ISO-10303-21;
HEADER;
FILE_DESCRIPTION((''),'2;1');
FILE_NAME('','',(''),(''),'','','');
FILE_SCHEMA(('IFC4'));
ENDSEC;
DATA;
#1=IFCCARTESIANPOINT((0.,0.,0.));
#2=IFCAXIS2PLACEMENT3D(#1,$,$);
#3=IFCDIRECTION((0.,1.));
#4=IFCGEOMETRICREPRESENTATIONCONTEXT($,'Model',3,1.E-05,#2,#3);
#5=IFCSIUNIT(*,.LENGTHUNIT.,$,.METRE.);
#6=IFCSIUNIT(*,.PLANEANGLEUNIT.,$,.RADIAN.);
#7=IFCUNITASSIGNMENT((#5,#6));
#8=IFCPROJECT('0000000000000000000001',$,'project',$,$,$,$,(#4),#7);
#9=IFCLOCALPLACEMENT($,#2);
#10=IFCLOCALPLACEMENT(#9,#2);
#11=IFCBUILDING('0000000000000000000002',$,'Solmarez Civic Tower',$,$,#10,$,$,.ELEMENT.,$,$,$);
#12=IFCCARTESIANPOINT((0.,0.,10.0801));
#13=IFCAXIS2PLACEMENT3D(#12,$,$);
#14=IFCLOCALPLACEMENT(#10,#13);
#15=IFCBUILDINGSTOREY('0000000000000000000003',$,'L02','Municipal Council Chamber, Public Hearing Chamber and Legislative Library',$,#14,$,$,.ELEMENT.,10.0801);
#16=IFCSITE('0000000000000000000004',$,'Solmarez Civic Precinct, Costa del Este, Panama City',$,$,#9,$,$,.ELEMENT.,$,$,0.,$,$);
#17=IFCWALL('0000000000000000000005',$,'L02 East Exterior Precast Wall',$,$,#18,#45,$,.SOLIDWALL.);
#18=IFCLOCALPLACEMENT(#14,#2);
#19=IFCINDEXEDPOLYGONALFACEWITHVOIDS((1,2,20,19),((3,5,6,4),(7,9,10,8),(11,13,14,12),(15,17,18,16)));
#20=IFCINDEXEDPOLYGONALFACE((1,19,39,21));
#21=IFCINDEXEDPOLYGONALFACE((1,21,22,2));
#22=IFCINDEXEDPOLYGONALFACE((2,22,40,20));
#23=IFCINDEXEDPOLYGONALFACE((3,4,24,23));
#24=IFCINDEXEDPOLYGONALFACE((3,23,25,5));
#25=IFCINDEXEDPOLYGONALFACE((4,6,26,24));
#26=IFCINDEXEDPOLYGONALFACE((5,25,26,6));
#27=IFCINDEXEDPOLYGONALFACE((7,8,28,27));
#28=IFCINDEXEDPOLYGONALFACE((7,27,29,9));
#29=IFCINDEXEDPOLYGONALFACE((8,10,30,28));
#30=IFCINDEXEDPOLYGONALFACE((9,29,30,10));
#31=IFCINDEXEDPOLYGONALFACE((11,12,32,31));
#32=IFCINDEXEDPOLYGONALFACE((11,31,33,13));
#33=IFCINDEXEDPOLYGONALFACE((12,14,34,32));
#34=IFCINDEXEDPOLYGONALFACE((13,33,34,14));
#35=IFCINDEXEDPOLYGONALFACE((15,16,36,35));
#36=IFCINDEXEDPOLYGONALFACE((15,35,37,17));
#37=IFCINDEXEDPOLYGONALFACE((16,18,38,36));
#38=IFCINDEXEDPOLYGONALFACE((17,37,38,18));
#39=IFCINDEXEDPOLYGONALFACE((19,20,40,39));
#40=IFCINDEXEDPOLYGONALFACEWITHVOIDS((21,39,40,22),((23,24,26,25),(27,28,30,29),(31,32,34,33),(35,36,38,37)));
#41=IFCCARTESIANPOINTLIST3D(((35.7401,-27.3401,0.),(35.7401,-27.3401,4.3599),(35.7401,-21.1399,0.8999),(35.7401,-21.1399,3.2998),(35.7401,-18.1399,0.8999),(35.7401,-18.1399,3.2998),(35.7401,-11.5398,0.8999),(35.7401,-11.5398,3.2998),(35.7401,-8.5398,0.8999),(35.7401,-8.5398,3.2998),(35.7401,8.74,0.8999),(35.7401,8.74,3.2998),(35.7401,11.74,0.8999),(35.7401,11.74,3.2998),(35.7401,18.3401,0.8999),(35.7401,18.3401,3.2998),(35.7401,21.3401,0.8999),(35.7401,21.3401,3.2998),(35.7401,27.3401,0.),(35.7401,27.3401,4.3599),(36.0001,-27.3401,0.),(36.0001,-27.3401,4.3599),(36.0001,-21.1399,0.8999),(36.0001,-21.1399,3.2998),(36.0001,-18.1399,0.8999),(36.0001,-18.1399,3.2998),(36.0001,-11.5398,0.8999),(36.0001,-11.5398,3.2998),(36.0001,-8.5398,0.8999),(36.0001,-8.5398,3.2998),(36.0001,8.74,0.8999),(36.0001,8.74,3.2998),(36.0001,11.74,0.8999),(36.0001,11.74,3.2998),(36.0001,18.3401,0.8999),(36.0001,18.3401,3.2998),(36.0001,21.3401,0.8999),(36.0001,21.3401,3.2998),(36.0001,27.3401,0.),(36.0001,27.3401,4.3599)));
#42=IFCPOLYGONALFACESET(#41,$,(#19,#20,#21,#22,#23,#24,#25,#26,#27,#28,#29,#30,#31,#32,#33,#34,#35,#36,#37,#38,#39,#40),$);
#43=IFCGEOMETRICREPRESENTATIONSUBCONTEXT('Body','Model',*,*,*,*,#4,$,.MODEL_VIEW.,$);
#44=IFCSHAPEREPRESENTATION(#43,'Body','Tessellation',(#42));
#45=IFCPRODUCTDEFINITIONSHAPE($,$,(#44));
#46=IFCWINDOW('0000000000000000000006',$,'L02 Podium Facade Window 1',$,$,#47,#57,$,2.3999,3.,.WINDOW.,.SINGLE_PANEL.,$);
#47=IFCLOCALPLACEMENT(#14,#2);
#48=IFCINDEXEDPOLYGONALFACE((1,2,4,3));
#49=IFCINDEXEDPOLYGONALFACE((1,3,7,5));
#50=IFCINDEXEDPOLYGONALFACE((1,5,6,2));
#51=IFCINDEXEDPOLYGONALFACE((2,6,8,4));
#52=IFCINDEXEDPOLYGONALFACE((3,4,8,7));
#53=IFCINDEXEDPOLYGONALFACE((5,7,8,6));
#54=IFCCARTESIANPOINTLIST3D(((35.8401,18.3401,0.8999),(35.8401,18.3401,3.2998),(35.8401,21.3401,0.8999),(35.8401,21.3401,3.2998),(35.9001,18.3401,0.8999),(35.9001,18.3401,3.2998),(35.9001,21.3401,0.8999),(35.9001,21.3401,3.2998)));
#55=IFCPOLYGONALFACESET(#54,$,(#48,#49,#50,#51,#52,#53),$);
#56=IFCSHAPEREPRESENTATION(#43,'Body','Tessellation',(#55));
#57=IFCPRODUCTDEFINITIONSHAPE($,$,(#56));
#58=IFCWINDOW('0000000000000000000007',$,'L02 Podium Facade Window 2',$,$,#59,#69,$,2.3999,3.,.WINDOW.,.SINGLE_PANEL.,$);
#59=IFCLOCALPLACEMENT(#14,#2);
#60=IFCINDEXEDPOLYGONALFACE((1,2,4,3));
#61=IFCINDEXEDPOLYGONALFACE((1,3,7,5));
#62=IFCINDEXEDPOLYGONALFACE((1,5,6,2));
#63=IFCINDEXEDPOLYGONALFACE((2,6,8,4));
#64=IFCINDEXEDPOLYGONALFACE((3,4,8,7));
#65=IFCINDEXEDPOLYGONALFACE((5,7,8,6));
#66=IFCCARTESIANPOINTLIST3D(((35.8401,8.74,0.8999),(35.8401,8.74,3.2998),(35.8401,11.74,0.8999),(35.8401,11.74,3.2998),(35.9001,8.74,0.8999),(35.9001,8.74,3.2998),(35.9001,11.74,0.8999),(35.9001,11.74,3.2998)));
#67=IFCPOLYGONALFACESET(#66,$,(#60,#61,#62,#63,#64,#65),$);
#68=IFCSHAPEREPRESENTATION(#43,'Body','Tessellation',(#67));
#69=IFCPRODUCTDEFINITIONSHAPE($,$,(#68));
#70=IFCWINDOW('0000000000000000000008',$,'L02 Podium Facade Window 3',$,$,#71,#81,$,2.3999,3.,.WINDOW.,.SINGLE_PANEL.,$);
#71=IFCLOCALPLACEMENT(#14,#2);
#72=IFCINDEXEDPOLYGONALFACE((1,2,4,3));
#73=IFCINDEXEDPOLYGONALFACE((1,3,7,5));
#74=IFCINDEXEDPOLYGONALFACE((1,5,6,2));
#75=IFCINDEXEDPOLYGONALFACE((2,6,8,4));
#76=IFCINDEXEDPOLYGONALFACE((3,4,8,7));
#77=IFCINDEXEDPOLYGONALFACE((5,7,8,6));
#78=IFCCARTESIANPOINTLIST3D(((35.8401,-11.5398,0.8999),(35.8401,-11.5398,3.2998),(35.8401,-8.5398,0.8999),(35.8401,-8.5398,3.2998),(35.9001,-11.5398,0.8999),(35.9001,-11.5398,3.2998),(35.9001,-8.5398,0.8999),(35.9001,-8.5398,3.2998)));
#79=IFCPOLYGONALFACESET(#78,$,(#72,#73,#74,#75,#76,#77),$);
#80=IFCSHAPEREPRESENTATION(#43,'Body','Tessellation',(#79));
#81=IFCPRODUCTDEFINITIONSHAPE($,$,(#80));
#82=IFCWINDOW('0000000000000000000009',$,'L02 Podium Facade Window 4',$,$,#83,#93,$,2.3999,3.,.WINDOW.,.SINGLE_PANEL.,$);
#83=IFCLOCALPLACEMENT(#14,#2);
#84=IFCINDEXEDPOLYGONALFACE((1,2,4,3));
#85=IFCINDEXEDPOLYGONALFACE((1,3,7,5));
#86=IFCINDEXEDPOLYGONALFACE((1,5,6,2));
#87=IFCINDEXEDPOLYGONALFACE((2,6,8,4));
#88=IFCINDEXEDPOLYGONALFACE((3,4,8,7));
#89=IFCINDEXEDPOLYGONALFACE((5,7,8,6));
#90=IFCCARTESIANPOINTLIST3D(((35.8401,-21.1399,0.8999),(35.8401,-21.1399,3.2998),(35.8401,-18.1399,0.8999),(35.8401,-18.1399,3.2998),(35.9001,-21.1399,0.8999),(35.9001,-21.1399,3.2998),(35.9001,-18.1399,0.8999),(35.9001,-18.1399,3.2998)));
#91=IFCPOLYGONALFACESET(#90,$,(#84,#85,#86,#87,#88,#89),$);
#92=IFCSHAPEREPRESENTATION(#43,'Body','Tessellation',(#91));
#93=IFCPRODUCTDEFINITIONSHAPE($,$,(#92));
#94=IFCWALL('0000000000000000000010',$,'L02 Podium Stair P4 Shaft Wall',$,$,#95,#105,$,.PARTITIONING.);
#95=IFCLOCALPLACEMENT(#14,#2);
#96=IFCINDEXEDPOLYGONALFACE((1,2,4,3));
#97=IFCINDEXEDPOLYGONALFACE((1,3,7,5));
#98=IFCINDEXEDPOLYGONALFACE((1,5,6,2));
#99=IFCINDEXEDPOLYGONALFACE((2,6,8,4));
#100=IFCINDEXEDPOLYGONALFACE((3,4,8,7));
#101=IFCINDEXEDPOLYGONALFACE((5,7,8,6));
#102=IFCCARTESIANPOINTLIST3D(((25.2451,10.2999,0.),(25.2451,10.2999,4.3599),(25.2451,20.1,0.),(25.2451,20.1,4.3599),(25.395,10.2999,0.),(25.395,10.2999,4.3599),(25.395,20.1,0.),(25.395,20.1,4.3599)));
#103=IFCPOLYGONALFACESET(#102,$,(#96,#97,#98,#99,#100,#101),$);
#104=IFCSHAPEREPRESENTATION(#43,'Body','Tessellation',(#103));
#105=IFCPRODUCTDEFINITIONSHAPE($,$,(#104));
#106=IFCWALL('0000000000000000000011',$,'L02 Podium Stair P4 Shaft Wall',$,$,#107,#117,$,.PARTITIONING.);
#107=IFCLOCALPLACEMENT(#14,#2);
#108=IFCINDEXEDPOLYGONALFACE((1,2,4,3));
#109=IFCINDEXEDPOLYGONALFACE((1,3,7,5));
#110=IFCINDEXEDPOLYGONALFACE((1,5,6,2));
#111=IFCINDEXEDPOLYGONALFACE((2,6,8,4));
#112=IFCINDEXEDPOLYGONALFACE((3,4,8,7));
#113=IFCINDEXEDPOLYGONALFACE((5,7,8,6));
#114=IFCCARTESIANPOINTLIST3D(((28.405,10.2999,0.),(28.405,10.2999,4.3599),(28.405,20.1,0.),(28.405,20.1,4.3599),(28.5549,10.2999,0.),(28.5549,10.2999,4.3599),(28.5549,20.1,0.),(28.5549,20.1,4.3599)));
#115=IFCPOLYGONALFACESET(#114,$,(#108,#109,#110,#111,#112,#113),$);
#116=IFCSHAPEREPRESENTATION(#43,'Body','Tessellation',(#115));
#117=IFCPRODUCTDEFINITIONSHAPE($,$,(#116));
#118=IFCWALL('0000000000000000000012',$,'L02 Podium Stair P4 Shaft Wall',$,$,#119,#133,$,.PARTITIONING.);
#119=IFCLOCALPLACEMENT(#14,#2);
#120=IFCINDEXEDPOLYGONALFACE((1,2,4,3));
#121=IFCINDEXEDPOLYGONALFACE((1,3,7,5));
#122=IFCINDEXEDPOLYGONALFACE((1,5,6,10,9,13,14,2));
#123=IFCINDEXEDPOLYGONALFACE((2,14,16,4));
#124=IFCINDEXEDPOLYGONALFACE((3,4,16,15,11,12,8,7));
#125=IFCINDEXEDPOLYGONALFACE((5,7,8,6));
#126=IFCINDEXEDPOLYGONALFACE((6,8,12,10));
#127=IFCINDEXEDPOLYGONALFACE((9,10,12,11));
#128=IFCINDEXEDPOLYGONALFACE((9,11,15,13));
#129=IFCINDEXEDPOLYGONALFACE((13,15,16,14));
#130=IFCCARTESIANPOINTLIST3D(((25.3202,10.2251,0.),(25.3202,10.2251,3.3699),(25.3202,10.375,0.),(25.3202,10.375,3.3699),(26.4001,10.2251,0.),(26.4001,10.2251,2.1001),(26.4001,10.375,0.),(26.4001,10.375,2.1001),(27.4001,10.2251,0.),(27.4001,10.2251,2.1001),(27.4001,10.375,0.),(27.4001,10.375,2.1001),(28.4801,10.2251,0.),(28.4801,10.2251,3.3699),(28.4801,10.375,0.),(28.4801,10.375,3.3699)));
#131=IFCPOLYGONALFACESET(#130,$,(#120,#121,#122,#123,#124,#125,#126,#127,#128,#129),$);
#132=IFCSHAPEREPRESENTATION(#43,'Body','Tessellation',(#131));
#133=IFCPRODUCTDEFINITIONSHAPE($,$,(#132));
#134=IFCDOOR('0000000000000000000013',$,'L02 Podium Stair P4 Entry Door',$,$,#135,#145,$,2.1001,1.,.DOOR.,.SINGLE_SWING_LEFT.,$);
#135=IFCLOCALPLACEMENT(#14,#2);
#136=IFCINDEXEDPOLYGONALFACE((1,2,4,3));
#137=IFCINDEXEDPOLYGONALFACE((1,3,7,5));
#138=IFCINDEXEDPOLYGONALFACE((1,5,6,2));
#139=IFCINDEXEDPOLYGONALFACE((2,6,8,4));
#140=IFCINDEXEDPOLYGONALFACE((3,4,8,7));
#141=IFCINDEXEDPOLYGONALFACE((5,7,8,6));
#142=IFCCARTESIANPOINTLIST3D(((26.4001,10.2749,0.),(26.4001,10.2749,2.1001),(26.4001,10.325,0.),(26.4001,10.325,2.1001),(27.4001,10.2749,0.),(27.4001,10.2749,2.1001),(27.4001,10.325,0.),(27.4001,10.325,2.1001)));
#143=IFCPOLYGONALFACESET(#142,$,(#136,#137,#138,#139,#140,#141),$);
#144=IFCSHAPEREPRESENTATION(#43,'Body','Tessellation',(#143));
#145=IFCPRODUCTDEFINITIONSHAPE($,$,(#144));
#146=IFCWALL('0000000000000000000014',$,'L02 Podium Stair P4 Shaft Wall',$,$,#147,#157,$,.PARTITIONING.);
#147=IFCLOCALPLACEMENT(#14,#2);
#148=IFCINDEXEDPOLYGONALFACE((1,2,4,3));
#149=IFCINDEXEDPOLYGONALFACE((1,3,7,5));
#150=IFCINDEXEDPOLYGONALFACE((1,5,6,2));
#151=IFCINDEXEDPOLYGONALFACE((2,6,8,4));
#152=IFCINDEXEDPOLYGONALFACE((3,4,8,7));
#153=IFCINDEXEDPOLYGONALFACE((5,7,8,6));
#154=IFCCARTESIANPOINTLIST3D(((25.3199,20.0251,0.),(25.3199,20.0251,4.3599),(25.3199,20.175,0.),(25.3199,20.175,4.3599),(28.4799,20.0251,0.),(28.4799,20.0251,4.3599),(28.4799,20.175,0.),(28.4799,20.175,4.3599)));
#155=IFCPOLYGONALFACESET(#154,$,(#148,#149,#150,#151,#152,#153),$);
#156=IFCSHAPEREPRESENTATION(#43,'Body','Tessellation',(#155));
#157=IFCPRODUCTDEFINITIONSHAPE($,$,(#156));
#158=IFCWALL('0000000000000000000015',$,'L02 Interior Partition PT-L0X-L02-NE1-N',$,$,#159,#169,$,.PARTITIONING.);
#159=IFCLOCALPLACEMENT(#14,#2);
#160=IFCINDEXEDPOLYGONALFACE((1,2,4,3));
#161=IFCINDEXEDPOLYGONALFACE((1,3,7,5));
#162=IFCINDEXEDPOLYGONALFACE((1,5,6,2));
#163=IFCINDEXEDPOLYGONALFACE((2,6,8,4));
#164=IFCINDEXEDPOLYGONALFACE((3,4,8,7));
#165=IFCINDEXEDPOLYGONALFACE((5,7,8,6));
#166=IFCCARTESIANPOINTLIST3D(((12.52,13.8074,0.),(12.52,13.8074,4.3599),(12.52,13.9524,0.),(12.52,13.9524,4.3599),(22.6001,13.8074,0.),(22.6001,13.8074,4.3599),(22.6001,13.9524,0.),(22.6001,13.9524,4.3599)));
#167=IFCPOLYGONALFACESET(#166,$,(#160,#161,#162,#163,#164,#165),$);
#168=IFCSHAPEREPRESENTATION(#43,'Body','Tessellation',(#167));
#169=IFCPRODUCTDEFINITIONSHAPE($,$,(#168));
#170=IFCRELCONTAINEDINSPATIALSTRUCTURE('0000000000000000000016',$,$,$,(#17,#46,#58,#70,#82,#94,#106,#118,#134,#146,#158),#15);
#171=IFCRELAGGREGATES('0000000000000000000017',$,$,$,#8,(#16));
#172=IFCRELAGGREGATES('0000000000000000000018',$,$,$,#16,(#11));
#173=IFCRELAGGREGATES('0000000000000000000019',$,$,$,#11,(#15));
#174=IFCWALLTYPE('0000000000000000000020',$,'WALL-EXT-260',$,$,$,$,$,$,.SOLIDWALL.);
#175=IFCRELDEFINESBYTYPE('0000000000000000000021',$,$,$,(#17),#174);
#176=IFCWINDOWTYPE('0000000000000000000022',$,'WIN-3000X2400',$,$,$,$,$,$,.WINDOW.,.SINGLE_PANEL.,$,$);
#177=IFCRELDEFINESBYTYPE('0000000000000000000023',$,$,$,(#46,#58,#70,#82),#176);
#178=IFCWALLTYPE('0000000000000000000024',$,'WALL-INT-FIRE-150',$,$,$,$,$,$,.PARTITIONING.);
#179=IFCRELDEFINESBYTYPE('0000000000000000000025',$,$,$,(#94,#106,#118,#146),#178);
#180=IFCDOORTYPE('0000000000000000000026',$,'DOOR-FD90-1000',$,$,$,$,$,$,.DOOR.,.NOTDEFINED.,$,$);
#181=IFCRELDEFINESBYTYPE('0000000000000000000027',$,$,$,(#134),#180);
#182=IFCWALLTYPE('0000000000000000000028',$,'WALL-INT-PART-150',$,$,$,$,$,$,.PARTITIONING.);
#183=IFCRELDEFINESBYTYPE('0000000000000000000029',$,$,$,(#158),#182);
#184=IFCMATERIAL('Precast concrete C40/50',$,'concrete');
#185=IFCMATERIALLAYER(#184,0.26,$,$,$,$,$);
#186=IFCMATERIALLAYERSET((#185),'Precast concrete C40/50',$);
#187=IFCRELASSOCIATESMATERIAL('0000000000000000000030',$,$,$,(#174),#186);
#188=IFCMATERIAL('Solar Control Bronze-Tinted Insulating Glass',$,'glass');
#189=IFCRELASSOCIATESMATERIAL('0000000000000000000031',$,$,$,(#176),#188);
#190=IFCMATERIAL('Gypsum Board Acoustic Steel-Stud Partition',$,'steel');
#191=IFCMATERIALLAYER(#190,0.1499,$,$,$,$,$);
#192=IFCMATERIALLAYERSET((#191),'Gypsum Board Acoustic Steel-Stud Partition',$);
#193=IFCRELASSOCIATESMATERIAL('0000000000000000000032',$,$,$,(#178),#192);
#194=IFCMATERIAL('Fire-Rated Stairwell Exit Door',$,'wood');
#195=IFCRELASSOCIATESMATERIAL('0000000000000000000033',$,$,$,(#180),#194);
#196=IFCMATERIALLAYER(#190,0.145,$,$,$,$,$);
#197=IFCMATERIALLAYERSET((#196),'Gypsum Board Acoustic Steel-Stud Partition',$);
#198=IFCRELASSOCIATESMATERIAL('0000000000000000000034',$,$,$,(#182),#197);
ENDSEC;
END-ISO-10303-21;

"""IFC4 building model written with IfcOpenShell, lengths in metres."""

from ifc_helpers import new_model, si_unit, direction, frame, frame_2d, origin, place, context, subcontext, project, spatial, rectangle, extrude, material, layer, layer_set, type_object, element, fill, save


model = new_model("IFC4")

# Units and contexts
model_context = context("Model", 3, precision=1e-05, world=origin(), true_north=direction((0.0, 1.0)))
body_context = subcontext(model_context, "Body", "Model", "MODEL_VIEW")
ifc_project = project(units=[si_unit("LENGTHUNIT", "METRE"), si_unit("PLANEANGLEUNIT", "RADIAN")], contexts=[model_context])

# Site, building, storey
site_placement = place(None, origin())
site = spatial("IfcSite", under=ifc_project, at=site_placement, Name="Solmarez Civic Precinct, Costa del Este, Panama City", CompositionType="ELEMENT", RefElevation=0.0)
building_placement = place(site_placement, origin())
building = spatial("IfcBuilding", under=site, at=building_placement, Name="Solmarez Civic Tower", CompositionType="ELEMENT")
storey_placement = place(building_placement, frame((0.0, 0.0, 10.0801)))
storey = spatial("IfcBuildingStorey", under=building, at=storey_placement, Name="L02", Description="Municipal Council Chamber, Public Hearing Chamber and Legislative Library", CompositionType="ELEMENT", Elevation=10.0801)

# Wall, openings, windows
ifc_material_1 = material(Name="Precast concrete C40/50", Category="concrete")
ifc_layer_1 = layer(ifc_material_1, 0.26)
ifc_layer_set_1 = layer_set([ifc_layer_1], Name="Precast concrete C40/50")
wall_type_1 = type_object("IfcWallType", Name="WALL-EXT-260", PredefinedType="SOLIDWALL", material=ifc_layer_set_1)
wall_1_placement = place(storey_placement, frame((35.8701, 27.3401, 0.0), z_axis=(0.0, 0.0, 1.0), x_axis=(0.0, -1.0, 0.0)))
wall_1 = element("IfcWall", 1, at=wall_1_placement, inside=storey, type_object=wall_type_1, Name="L02 East Exterior Precast Wall", PredefinedType="SOLIDWALL", context=body_context, shape_type="SweptSolid", body=[
    extrude(rectangle(XDim=54.6802, YDim=0.26, at=frame_2d((27.3401, 0.0))), origin(), (0.0, 0.0, 1.0), 4.3599),
])
opening_1_placement = place(wall_1_placement, frame((6.0, 0.0, 0.8999)))
opening_1 = element("IfcOpeningElement", 2, at=opening_1_placement, cuts=wall_1, PredefinedType="OPENING", context=body_context, shape_type="SweptSolid", body=[
    extrude(rectangle(XDim=3.0, YDim=2.3999, at=frame_2d((1.5, 1.2))), frame((0.0, 0.1399, 0.0), z_axis=(0.0, -1.0, 0.0), x_axis=(1.0, 0.0, 0.0)), (0.0, 0.0, 1.0), 0.28),
])
opening_2_placement = place(wall_1_placement, frame((15.6001, 0.0, 0.8999)))
opening_2 = element("IfcOpeningElement", 3, at=opening_2_placement, cuts=wall_1, PredefinedType="OPENING", context=body_context, shape_type="SweptSolid", body=[
    extrude(rectangle(XDim=3.0, YDim=2.3999, at=frame_2d((1.5, 1.2))), frame((0.0, 0.1399, 0.0), z_axis=(0.0, -1.0, 0.0), x_axis=(1.0, 0.0, 0.0)), (0.0, 0.0, 1.0), 0.28),
])
opening_3_placement = place(wall_1_placement, frame((35.8799, 0.0, 0.8999)))
opening_3 = element("IfcOpeningElement", 4, at=opening_3_placement, cuts=wall_1, PredefinedType="OPENING", context=body_context, shape_type="SweptSolid", body=[
    extrude(rectangle(XDim=3.0, YDim=2.3999, at=frame_2d((1.5, 1.2))), frame((0.0, 0.1399, 0.0), z_axis=(0.0, -1.0, 0.0), x_axis=(1.0, 0.0, 0.0)), (0.0, 0.0, 1.0), 0.28),
])
opening_4_placement = place(wall_1_placement, frame((45.48, 0.0, 0.8999)))
opening_4 = element("IfcOpeningElement", 5, at=opening_4_placement, cuts=wall_1, PredefinedType="OPENING", context=body_context, shape_type="SweptSolid", body=[
    extrude(rectangle(XDim=3.0, YDim=2.3999, at=frame_2d((1.5, 1.2))), frame((0.0, 0.1399, 0.0), z_axis=(0.0, -1.0, 0.0), x_axis=(1.0, 0.0, 0.0)), (0.0, 0.0, 1.0), 0.28),
])
ifc_material_2 = material(Name="Solar Control Bronze-Tinted Insulating Glass", Category="glass")
window_type = type_object("IfcWindowType", Name="WIN-3000X2400", PartitioningType="SINGLE_PANEL", PredefinedType="WINDOW", material=ifc_material_2)
window_1_placement = place(opening_1_placement, origin())
window_1 = element("IfcWindow", 6, at=window_1_placement, inside=storey, type_object=window_type, Name="L02 Podium Facade Window 1", OverallHeight=2.3999, OverallWidth=3.0, PartitioningType="SINGLE_PANEL", PredefinedType="WINDOW", context=body_context, shape_type="SweptSolid", body=[
    extrude(rectangle(XDim=3.0, YDim=2.3999, at=frame_2d((1.5, 1.2))), frame((0.0, 0.03, 0.0), z_axis=(0.0, -1.0, 0.0), x_axis=(1.0, 0.0, 0.0)), (0.0, 0.0, 1.0), 0.0601),
])
fill(opening_1, window_1)
window_2_placement = place(opening_2_placement, origin())
window_2 = element("IfcWindow", 7, at=window_2_placement, inside=storey, type_object=window_type, Name="L02 Podium Facade Window 2", OverallHeight=2.3999, OverallWidth=3.0, PartitioningType="SINGLE_PANEL", PredefinedType="WINDOW", context=body_context, shape_type="SweptSolid", body=[
    extrude(rectangle(XDim=3.0, YDim=2.3999, at=frame_2d((1.5, 1.2))), frame((0.0, 0.03, 0.0), z_axis=(0.0, -1.0, 0.0), x_axis=(1.0, 0.0, 0.0)), (0.0, 0.0, 1.0), 0.0601),
])
fill(opening_2, window_2)
window_3_placement = place(opening_3_placement, origin())
window_3 = element("IfcWindow", 8, at=window_3_placement, inside=storey, type_object=window_type, Name="L02 Podium Facade Window 3", OverallHeight=2.3999, OverallWidth=3.0, PartitioningType="SINGLE_PANEL", PredefinedType="WINDOW", context=body_context, shape_type="SweptSolid", body=[
    extrude(rectangle(XDim=3.0, YDim=2.3999, at=frame_2d((1.5, 1.2))), frame((0.0, 0.03, 0.0), z_axis=(0.0, -1.0, 0.0), x_axis=(1.0, 0.0, 0.0)), (0.0, 0.0, 1.0), 0.0601),
])
fill(opening_3, window_3)
window_4_placement = place(opening_4_placement, origin())
window_4 = element("IfcWindow", 9, at=window_4_placement, inside=storey, type_object=window_type, Name="L02 Podium Facade Window 4", OverallHeight=2.3999, OverallWidth=3.0, PartitioningType="SINGLE_PANEL", PredefinedType="WINDOW", context=body_context, shape_type="SweptSolid", body=[
    extrude(rectangle(XDim=3.0, YDim=2.3999, at=frame_2d((1.5, 1.2))), frame((0.0, 0.03, 0.0), z_axis=(0.0, -1.0, 0.0), x_axis=(1.0, 0.0, 0.0)), (0.0, 0.0, 1.0), 0.0601),
])
fill(opening_4, window_4)

# Walls
ifc_material_3 = material(Name="Gypsum Board Acoustic Steel-Stud Partition", Category="steel")
ifc_layer_2 = layer(ifc_material_3, 0.1499)
ifc_layer_set_2 = layer_set([ifc_layer_2], Name="Gypsum Board Acoustic Steel-Stud Partition")
wall_type_2 = type_object("IfcWallType", Name="WALL-INT-FIRE-150", PredefinedType="PARTITIONING", material=ifc_layer_set_2)
for number, where, z_axis, x_axis, name in (
    (10, (25.3201, 10.3, 0.0), (0.0, 0.0, 1.0), (0.0, 1.0, 0.0), "L02 Podium Stair P4 Shaft Wall"),
    (11, (28.48, 10.3, 0.0), (0.0, 0.0, 1.0), (0.0, 1.0, 0.0), "L02 Podium Stair P4 Shaft Wall"),
):
    element("IfcWall", number, at=place(storey_placement, frame(where, z_axis=z_axis, x_axis=x_axis)), inside=storey, type_object=wall_type_2, Name=name, PredefinedType="PARTITIONING", context=body_context, shape_type="SweptSolid", body=[
        extrude(rectangle(XDim=9.8, YDim=0.1499, at=frame_2d((4.8999, 0.0))), origin(), (0.0, 0.0, 1.0), 4.3599),
    ])

# Wall, opening, door
wall_2_placement = place(storey_placement, frame((25.3201, 10.3, 0.0), z_axis=(0.0, 0.0, 1.0), x_axis=(1.0, 0.0, 0.0)))
wall_2 = element("IfcWall", 12, at=wall_2_placement, inside=storey, type_object=wall_type_2, Name="L02 Podium Stair P4 Shaft Wall", PredefinedType="PARTITIONING", context=body_context, shape_type="SweptSolid", body=[
    extrude(rectangle(XDim=3.1599, YDim=0.1499, at=frame_2d((1.5801, 0.0))), origin(), (0.0, 0.0, 1.0), 3.3699),
])
opening_5_placement = place(wall_2_placement, frame((1.0801, 0.0, 0.0)))
opening_5 = element("IfcOpeningElement", 13, at=opening_5_placement, cuts=wall_2, PredefinedType="OPENING", context=body_context, shape_type="SweptSolid", body=[
    extrude(rectangle(XDim=1.0, YDim=2.1001, at=frame_2d((0.5, 1.05))), frame((0.0, 0.085, 0.0), z_axis=(0.0, -1.0, 0.0), x_axis=(1.0, 0.0, 0.0)), (0.0, 0.0, 1.0), 0.1699),
])
ifc_material_4 = material(Name="Fire-Rated Stairwell Exit Door", Category="wood")
door_type = type_object("IfcDoorType", Name="DOOR-FD90-1000", OperationType="NOTDEFINED", PredefinedType="DOOR", material=ifc_material_4)
door_placement = place(opening_5_placement, origin())
door = element("IfcDoor", 14, at=door_placement, inside=storey, type_object=door_type, Name="L02 Podium Stair P4 Entry Door", OperationType="SINGLE_SWING_LEFT", OverallHeight=2.1001, OverallWidth=1.0, PredefinedType="DOOR", context=body_context, shape_type="SweptSolid", body=[
    extrude(rectangle(XDim=1.0, YDim=2.1001, at=frame_2d((0.5, 1.05))), frame((0.0, 0.0249, 0.0), z_axis=(0.0, -1.0, 0.0), x_axis=(1.0, 0.0, 0.0)), (0.0, 0.0, 1.0), 0.05),
])
fill(opening_5, door)

# Walls
wall_3_placement = place(storey_placement, frame((28.48, 20.1001, 0.0), z_axis=(0.0, 0.0, 1.0), x_axis=(-1.0, 0.0, 0.0)))
element("IfcWall", 15, at=wall_3_placement, inside=storey, type_object=wall_type_2, Name="L02 Podium Stair P4 Shaft Wall", PredefinedType="PARTITIONING", context=body_context, shape_type="SweptSolid", body=[
    extrude(rectangle(XDim=3.1599, YDim=0.1499, at=frame_2d((1.5801, 0.0))), origin(), (0.0, 0.0, 1.0), 4.3599),
])
ifc_layer_3 = layer(ifc_material_3, 0.145)
ifc_layer_set_3 = layer_set([ifc_layer_3], Name="Gypsum Board Acoustic Steel-Stud Partition")
wall_type_3 = type_object("IfcWallType", Name="WALL-INT-PART-150", PredefinedType="PARTITIONING", material=ifc_layer_set_3)
wall_4_placement = place(storey_placement, frame((12.52, 13.8799, 0.0), z_axis=(0.0, 0.0, 1.0), x_axis=(1.0, 0.0, 0.0)))
element("IfcWall", 16, at=wall_4_placement, inside=storey, type_object=wall_type_3, Name="L02 Interior Partition PT-L0X-L02-NE1-N", PredefinedType="PARTITIONING", context=body_context, shape_type="SweptSolid", body=[
    extrude(rectangle(XDim=10.0801, YDim=0.145, at=frame_2d((5.04, 0.0))), origin(), (0.0, 0.0, 1.0), 4.3599),
])

save(model, "model.ifc")
